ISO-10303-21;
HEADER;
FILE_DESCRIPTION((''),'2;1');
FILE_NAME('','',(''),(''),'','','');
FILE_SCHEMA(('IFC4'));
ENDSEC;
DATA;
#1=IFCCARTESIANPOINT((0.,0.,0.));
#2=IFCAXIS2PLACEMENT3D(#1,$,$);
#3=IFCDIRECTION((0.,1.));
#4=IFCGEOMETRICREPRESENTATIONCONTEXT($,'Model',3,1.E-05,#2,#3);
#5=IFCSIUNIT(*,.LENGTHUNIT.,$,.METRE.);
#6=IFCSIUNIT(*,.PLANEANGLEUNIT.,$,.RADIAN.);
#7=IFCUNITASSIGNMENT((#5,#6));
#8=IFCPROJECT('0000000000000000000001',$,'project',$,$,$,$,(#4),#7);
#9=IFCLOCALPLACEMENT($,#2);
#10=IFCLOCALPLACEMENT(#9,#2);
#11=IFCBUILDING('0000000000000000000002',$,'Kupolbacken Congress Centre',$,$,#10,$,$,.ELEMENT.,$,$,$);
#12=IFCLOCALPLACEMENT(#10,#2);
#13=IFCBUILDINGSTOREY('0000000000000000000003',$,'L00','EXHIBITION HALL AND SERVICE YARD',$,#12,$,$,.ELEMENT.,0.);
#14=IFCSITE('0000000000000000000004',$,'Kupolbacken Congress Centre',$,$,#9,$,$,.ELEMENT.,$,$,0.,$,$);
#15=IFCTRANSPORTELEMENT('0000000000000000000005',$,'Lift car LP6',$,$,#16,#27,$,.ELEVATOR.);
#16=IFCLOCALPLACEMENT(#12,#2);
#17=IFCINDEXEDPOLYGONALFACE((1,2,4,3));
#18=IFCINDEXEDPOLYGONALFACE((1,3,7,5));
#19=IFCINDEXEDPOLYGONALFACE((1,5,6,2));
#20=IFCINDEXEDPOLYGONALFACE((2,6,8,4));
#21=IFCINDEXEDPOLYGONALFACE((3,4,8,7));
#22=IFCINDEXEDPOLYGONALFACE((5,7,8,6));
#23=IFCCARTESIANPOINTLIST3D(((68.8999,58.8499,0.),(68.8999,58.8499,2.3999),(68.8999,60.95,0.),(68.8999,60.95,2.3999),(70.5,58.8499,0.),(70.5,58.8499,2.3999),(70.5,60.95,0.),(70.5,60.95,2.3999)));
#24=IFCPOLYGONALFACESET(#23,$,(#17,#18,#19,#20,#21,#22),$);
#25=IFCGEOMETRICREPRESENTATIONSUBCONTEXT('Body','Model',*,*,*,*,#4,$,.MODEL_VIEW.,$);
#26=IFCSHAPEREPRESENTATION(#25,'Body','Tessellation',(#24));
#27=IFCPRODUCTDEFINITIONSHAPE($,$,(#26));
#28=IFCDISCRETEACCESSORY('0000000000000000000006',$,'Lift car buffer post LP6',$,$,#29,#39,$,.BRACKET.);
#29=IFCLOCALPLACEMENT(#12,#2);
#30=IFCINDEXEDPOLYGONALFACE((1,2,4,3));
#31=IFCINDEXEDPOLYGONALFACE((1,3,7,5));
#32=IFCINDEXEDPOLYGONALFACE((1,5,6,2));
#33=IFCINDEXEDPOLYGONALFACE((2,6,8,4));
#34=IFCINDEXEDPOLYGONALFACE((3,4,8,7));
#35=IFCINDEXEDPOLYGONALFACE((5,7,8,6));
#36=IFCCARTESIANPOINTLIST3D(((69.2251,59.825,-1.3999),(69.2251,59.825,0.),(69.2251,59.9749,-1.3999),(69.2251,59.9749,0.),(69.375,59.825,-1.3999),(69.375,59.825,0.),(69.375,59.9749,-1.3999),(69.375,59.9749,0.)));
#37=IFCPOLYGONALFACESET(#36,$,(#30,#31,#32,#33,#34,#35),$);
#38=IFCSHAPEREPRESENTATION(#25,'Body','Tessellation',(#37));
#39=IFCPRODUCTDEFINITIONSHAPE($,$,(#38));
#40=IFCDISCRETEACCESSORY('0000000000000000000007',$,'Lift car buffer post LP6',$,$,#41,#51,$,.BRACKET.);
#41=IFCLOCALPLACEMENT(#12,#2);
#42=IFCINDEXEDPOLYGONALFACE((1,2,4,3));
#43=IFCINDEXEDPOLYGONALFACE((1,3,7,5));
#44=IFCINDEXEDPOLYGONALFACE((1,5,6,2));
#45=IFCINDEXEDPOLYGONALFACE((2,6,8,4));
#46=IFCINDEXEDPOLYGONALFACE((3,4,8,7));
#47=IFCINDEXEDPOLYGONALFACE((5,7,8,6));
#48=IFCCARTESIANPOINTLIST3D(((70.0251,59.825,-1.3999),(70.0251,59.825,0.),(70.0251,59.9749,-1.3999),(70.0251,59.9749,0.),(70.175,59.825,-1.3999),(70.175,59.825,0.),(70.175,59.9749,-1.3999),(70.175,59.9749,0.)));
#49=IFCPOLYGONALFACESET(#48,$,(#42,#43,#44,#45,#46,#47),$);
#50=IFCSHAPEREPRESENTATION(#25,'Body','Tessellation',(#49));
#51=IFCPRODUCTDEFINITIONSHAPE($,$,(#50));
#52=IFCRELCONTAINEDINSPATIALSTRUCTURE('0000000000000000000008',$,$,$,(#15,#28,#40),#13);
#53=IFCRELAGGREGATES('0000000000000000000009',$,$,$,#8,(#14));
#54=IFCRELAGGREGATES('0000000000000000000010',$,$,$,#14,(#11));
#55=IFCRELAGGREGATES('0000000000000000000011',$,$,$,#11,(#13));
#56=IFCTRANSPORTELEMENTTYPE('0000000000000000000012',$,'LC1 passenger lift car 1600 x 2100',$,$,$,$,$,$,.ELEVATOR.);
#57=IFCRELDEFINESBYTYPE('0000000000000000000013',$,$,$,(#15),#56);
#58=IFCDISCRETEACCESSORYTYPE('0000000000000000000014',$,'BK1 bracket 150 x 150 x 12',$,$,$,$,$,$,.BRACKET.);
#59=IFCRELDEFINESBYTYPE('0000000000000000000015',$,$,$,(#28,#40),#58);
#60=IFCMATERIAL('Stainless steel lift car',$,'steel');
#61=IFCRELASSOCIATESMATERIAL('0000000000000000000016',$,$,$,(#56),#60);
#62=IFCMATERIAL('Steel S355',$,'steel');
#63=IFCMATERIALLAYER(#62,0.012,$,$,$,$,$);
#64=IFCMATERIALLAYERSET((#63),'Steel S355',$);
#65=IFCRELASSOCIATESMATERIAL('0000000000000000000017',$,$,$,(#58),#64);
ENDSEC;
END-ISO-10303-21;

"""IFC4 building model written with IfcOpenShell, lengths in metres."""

from ifc_helpers import new_model, si_unit, direction, frame, origin, origin_2d, place, context, subcontext, project, spatial, rectangle, extrude, material, layer, layer_set, type_object, element, save


model = new_model("IFC4")

# Units and contexts
model_context = context("Model", 3, precision=1e-05, world=origin(), true_north=direction((0.0, 1.0)))
body_context = subcontext(model_context, "Body", "Model", "MODEL_VIEW")
ifc_project = project(units=[si_unit("LENGTHUNIT", "METRE"), si_unit("PLANEANGLEUNIT", "RADIAN")], contexts=[model_context])

# Site, building, storey
site_placement = place(None, origin())
site = spatial("IfcSite", under=ifc_project, at=site_placement, Name="Kupolbacken Congress Centre", CompositionType="ELEMENT", RefElevation=0.0)
building_placement = place(site_placement, origin())
building = spatial("IfcBuilding", under=site, at=building_placement, Name="Kupolbacken Congress Centre", CompositionType="ELEMENT")
storey_placement = place(building_placement, origin())
storey = spatial("IfcBuildingStorey", under=building, at=storey_placement, Name="L00", Description="EXHIBITION HALL AND SERVICE YARD", CompositionType="ELEMENT", Elevation=0.0)

# Transport element
ifc_material_1 = material(Name="Stainless steel lift car", Category="steel")
transport_element_type = type_object("IfcTransportElementType", Name="LC1 passenger lift car 1600 x 2100", PredefinedType="ELEVATOR", material=ifc_material_1)
transport_element_placement = place(storey_placement, frame((69.7, 59.8999, 0.0), z_axis=(0.0, 0.0, 1.0), x_axis=(1.0, 0.0, 0.0)))
element("IfcTransportElement", 1, at=transport_element_placement, inside=storey, type_object=transport_element_type, Name="Lift car LP6", PredefinedType="ELEVATOR", context=body_context, shape_type="SweptSolid", body=[
    extrude(rectangle(XDim=1.6001, YDim=2.1001, at=origin_2d()), origin(), (0.0, 0.0, 1.0), 2.3999),
])

# Discrete accessories
ifc_material_2 = material(Name="Steel S355", Category="steel")
ifc_layer_1 = layer(ifc_material_2, 0.012)
ifc_layer_set_1 = layer_set([ifc_layer_1], Name="Steel S355")
discrete_accessory_type = type_object("IfcDiscreteAccessoryType", Name="BK1 bracket 150 x 150 x 12", PredefinedType="BRACKET", material=ifc_layer_set_1)
for number, where, z_axis, x_axis, name in (
    (2, (69.3, 59.8999, -1.3999), (0.0, 0.0, 1.0), (1.0, 0.0, 0.0), "Lift car buffer post LP6"),
    (3, (70.1001, 59.8999, -1.3999), (0.0, 0.0, 1.0), (1.0, 0.0, 0.0), "Lift car buffer post LP6"),
):
    element("IfcDiscreteAccessory", number, at=place(storey_placement, frame(where, z_axis=z_axis, x_axis=x_axis)), inside=storey, type_object=discrete_accessory_type, Name=name, PredefinedType="BRACKET", context=body_context, shape_type="SweptSolid", body=[
        extrude(rectangle(XDim=0.1499, YDim=0.1499, at=origin_2d()), origin(), (0.0, 0.0, 1.0), 1.3999),
    ])

save(model, "model.ifc")
